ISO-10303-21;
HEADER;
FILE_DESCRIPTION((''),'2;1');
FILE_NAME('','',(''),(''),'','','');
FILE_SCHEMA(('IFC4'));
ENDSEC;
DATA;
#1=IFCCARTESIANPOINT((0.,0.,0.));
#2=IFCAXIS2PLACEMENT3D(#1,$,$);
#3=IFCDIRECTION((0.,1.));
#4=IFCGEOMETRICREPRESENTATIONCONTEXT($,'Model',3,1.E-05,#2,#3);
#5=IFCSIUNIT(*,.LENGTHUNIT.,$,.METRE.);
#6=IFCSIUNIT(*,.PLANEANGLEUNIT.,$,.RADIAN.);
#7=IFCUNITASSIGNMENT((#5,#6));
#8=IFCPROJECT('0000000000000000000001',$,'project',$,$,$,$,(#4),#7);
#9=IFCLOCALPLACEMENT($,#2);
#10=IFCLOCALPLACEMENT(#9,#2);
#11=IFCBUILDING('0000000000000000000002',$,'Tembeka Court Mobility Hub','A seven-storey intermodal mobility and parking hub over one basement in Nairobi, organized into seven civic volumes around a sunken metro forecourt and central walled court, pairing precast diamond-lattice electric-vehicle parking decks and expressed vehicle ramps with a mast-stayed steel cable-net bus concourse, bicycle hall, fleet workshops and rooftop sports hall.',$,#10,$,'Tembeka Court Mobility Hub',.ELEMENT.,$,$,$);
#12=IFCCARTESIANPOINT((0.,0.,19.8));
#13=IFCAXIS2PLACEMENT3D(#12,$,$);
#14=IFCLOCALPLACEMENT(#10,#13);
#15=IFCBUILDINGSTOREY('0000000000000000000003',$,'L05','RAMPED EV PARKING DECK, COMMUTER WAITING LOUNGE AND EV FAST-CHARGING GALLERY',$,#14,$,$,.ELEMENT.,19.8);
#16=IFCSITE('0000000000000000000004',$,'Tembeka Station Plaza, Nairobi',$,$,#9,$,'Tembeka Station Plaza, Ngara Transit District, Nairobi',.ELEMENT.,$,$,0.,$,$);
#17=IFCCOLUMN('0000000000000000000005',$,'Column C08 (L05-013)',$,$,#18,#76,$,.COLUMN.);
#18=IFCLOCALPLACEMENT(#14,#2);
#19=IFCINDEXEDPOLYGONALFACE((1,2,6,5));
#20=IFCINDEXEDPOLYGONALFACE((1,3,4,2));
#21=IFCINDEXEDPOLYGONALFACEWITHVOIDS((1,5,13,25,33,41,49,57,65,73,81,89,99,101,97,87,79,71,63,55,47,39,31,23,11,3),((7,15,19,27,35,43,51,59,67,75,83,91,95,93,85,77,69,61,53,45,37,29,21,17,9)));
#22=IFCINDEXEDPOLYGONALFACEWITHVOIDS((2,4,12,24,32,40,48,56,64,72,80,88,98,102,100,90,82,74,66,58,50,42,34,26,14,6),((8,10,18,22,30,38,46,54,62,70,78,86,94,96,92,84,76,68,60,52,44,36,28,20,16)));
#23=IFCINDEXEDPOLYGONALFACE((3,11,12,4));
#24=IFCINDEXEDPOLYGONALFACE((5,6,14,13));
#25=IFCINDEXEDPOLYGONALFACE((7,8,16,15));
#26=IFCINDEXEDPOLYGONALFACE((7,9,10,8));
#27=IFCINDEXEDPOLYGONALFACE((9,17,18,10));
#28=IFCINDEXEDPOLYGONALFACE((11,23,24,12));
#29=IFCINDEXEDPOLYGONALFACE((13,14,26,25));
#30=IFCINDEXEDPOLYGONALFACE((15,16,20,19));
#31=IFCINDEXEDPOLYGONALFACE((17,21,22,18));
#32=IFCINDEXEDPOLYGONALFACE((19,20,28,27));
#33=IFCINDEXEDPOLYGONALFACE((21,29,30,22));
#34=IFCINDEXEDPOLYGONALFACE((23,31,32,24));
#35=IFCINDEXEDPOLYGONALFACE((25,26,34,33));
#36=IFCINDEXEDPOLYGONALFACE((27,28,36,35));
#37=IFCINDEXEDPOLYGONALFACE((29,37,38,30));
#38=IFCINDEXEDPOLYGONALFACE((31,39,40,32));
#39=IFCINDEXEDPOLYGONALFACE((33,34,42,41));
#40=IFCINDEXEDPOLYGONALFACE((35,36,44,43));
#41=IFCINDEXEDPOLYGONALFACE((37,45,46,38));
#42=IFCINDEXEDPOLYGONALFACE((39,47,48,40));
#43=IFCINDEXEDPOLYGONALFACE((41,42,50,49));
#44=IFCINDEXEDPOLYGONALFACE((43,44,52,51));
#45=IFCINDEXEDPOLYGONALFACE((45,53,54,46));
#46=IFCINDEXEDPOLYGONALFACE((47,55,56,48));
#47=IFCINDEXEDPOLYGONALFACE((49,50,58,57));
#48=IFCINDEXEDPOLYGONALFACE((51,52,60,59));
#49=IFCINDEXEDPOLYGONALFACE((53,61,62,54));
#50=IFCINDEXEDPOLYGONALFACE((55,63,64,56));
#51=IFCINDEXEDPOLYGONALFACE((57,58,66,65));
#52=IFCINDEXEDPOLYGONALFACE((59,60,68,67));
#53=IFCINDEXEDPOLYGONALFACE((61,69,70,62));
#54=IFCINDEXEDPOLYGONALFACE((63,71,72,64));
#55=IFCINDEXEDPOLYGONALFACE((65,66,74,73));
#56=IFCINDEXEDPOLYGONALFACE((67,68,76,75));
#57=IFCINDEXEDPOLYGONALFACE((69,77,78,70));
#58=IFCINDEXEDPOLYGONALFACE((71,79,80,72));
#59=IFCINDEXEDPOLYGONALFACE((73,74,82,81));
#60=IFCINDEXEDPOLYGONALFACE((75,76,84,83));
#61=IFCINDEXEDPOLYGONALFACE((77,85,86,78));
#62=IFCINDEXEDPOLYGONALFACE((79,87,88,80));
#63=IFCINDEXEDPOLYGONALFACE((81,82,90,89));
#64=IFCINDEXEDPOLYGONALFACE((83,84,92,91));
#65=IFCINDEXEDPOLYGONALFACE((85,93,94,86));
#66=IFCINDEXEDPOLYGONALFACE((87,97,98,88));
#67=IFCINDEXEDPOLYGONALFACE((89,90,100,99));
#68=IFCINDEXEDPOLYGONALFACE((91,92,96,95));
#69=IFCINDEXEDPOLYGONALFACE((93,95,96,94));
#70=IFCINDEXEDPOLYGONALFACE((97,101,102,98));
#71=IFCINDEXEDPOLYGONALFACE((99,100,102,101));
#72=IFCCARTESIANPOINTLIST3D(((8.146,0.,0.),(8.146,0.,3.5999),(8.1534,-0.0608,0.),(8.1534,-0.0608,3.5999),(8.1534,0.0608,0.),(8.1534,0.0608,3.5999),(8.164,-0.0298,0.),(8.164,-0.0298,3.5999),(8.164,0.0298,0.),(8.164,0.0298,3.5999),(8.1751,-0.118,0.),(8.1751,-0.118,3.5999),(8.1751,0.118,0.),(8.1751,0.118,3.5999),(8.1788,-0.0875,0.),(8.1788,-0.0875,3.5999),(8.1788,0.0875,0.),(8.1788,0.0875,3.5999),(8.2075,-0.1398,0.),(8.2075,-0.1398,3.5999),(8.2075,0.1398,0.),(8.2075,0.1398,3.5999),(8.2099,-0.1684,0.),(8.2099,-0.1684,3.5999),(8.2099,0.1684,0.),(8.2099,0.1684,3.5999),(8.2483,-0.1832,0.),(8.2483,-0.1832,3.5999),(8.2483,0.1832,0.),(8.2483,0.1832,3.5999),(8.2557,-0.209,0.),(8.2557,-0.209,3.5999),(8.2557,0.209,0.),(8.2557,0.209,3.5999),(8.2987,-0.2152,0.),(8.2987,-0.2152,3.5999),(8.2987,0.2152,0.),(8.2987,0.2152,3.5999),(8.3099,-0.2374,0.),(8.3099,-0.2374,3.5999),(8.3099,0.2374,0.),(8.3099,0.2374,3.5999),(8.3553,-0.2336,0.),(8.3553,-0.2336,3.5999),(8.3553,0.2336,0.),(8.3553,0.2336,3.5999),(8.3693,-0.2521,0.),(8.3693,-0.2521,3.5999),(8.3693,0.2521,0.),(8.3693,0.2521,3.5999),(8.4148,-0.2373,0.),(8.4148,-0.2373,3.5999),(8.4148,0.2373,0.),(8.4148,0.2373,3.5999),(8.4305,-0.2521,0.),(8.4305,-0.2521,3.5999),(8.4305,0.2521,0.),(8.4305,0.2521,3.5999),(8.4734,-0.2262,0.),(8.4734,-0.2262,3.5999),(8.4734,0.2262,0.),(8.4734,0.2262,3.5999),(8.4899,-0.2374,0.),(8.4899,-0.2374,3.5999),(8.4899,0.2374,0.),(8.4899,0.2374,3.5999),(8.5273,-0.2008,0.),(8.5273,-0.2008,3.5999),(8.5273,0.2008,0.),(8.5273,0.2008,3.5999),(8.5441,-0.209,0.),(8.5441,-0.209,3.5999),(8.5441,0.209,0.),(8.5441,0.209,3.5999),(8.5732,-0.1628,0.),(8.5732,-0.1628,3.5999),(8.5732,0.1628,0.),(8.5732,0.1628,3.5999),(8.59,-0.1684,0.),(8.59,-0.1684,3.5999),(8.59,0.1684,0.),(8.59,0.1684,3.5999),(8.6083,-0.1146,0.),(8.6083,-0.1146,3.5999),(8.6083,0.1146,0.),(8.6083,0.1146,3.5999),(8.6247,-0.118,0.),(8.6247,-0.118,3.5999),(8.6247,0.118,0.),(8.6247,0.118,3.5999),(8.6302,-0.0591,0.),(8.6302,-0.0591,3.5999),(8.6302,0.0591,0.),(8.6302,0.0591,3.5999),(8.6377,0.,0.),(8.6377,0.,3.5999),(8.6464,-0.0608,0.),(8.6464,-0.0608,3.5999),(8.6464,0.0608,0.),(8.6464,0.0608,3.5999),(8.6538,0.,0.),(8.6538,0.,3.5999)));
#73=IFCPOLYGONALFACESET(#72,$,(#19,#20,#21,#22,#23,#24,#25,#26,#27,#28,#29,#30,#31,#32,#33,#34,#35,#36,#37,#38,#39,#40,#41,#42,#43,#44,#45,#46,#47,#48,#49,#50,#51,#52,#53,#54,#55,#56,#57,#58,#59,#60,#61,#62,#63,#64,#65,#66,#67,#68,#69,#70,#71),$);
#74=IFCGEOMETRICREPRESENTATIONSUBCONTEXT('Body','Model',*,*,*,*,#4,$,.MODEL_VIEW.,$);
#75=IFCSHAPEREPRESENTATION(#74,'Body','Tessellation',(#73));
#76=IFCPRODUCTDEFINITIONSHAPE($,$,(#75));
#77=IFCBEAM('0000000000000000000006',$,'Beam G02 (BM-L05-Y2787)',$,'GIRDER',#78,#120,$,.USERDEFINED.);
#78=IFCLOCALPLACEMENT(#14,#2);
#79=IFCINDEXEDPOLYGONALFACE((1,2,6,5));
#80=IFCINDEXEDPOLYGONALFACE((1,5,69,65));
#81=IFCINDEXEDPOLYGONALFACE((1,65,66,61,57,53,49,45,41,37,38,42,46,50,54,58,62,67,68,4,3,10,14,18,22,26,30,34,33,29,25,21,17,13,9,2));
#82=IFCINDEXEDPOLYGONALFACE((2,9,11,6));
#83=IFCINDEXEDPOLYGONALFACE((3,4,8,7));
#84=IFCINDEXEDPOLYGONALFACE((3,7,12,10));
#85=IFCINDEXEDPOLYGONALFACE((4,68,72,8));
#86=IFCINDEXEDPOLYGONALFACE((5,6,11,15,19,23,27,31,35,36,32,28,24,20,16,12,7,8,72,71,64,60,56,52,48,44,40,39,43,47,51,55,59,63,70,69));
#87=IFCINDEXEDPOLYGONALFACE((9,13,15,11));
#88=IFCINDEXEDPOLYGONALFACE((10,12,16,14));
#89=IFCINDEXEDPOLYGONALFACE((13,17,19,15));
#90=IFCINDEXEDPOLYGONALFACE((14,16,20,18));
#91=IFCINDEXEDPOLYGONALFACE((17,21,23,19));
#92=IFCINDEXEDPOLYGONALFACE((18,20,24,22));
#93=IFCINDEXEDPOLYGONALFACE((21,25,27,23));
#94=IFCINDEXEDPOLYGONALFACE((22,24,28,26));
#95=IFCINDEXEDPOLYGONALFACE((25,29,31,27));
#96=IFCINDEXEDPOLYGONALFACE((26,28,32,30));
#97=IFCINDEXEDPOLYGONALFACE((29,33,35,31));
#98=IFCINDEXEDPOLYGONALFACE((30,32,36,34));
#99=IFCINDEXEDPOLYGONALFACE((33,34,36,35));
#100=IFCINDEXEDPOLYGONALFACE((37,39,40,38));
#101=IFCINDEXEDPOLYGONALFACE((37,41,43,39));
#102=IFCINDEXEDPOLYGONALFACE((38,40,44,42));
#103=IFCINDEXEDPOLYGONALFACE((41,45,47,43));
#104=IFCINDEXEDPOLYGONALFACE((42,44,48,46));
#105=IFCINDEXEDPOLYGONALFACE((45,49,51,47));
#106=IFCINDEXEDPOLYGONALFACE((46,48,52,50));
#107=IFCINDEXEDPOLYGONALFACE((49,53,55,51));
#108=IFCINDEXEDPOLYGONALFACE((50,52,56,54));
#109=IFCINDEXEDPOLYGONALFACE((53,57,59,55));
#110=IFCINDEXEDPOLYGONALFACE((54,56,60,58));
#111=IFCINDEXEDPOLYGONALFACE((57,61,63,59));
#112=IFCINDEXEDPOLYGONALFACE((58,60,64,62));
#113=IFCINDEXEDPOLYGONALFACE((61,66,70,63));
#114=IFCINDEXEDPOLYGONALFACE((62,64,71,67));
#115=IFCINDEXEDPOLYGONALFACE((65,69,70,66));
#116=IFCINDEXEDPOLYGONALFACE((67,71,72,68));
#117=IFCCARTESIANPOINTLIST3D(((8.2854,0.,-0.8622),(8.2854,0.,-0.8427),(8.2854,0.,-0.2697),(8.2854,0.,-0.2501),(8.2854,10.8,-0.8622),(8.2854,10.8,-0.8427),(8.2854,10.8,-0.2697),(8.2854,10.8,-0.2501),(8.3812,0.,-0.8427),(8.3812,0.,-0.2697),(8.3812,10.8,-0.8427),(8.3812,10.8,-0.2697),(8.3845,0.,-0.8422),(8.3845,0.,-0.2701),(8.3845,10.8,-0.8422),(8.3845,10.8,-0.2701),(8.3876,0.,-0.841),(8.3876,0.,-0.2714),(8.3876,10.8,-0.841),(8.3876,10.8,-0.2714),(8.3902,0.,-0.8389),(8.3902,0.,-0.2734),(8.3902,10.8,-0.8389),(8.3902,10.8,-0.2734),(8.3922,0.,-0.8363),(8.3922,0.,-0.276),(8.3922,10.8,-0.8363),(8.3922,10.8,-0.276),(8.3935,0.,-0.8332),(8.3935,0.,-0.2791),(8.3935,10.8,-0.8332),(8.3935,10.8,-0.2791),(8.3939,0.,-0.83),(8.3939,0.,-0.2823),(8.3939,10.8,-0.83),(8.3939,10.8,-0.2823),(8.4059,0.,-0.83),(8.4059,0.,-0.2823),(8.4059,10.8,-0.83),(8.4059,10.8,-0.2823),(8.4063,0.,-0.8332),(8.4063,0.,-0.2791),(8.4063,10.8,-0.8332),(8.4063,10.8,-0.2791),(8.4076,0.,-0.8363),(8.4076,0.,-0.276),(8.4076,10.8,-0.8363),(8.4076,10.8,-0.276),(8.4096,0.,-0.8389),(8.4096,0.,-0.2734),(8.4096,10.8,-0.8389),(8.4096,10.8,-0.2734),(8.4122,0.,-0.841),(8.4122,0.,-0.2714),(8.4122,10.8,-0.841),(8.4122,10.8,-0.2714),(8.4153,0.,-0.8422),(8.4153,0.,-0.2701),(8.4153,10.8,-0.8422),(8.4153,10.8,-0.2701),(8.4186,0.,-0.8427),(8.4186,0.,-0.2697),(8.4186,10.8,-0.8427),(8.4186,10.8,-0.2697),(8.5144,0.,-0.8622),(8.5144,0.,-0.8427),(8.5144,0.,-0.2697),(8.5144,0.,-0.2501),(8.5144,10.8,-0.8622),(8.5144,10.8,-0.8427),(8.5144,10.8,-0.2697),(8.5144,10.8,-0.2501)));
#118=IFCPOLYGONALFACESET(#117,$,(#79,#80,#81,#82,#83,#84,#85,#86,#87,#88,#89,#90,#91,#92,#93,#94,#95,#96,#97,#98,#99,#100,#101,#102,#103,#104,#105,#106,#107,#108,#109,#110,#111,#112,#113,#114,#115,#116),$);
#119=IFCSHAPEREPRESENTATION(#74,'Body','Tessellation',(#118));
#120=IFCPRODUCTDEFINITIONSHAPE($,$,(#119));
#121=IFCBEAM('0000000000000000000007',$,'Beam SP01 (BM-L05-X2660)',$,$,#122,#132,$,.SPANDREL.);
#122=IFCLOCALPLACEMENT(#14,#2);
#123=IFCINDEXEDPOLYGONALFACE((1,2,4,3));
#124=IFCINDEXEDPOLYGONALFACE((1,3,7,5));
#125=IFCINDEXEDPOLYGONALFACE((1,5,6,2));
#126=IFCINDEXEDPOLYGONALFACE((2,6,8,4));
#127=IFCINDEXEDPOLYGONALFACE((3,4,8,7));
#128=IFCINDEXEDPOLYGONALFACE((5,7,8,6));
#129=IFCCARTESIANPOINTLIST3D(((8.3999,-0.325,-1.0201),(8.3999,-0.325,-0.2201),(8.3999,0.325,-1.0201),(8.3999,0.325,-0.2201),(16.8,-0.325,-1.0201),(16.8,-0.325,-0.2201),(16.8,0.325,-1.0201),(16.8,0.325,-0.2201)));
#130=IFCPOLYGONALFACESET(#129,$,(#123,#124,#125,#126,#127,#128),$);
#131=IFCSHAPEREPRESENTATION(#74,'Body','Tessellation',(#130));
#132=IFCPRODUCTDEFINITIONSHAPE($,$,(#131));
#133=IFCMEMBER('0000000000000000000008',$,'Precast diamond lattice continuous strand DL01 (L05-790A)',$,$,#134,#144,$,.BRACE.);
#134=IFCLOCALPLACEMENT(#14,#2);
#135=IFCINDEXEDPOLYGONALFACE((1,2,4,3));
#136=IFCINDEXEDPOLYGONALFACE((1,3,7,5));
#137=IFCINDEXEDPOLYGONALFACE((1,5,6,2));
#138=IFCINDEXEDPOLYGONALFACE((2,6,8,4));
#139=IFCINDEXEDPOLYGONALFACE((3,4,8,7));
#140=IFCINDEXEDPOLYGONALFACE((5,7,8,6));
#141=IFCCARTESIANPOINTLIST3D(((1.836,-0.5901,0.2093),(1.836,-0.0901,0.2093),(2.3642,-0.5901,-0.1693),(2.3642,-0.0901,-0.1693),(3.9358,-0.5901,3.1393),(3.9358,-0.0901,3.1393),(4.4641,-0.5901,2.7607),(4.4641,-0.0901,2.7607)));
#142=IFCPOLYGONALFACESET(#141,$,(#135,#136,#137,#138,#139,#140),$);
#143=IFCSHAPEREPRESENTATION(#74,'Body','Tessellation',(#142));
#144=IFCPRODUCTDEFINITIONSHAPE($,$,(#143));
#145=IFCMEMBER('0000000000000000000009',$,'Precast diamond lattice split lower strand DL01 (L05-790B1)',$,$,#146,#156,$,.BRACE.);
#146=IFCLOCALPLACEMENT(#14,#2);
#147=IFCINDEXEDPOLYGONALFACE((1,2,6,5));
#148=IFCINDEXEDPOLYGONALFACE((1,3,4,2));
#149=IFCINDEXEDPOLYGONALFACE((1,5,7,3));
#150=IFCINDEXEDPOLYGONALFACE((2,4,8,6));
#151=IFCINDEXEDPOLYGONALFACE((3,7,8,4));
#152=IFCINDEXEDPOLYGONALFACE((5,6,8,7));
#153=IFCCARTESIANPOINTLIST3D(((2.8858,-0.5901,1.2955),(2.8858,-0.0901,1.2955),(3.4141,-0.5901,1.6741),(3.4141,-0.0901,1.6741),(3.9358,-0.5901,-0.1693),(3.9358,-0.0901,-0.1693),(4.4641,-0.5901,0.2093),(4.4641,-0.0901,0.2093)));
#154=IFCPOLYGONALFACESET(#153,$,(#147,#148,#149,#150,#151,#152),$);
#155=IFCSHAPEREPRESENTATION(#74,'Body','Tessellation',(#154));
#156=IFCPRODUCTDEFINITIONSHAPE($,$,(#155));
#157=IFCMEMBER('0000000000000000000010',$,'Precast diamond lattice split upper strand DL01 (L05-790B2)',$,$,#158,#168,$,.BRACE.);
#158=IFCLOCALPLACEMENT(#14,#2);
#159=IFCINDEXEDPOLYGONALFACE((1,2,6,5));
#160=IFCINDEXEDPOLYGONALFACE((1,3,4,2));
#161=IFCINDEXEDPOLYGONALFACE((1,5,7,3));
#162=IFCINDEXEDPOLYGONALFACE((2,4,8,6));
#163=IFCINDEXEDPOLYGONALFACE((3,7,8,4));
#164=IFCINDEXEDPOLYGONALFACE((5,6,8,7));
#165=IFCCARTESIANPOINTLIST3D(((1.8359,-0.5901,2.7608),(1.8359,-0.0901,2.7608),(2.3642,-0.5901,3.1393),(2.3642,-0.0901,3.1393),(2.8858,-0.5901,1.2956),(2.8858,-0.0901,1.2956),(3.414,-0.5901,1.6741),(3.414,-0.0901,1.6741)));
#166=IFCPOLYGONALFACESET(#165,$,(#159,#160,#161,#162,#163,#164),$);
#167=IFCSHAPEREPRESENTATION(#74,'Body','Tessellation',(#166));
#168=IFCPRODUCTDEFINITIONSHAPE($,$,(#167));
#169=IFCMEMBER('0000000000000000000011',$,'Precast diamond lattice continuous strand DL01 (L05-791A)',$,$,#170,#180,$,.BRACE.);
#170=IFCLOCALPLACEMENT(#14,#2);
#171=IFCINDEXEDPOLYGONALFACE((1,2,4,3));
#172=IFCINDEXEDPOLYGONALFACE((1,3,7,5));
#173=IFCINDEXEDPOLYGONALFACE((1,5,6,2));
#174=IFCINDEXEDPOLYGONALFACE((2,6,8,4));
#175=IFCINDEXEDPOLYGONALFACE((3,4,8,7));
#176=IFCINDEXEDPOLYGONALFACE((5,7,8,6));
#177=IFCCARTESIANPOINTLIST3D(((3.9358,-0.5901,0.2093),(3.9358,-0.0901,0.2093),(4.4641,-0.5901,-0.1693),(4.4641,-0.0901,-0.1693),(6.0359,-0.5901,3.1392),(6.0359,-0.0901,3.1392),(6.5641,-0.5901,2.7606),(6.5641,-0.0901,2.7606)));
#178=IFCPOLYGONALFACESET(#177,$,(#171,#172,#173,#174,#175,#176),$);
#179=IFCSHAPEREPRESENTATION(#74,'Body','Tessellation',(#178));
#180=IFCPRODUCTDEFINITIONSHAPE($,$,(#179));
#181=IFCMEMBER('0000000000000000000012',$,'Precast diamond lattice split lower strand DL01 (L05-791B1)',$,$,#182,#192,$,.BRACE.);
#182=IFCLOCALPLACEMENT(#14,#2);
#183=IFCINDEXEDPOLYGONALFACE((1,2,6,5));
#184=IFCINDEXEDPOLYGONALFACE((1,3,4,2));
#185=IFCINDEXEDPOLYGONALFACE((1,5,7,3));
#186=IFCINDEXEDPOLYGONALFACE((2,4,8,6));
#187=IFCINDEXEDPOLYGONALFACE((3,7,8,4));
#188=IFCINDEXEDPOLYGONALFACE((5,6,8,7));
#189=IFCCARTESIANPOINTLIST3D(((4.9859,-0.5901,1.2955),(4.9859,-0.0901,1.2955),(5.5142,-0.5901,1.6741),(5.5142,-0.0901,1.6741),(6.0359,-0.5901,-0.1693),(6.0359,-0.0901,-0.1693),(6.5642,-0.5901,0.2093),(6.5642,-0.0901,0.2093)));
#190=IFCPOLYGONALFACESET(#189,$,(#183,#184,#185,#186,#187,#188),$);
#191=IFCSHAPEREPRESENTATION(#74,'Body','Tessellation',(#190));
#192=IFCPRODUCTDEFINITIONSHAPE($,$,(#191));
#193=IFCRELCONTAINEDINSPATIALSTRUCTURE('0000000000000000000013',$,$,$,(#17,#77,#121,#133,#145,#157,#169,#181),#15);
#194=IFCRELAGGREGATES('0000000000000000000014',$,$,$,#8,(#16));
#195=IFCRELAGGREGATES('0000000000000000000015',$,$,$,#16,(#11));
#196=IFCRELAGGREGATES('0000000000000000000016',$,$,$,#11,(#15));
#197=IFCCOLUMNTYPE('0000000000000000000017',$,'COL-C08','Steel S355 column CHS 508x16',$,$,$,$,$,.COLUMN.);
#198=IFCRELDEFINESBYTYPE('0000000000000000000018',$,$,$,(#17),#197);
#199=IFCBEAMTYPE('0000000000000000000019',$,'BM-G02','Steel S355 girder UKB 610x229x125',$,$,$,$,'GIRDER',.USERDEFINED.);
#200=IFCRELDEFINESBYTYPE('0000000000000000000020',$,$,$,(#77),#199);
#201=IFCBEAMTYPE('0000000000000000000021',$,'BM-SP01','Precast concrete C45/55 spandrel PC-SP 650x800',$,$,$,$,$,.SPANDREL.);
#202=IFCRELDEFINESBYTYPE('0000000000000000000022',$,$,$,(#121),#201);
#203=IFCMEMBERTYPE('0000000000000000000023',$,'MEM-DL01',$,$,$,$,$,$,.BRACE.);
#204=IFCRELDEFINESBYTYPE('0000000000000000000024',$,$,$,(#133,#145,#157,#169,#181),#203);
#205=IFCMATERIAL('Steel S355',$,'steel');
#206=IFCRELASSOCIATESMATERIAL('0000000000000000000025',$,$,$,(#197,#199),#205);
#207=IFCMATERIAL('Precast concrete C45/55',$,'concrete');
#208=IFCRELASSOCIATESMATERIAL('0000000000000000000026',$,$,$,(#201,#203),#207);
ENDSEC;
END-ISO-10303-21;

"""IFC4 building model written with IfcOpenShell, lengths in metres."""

from ifc_helpers import new_model, si_unit, direction, frame, origin, origin_2d, place, context, subcontext, project, spatial, rectangle, hollow_circle, i_section, extrude, material, material_profile, profile_set, type_object, element, save


model = new_model("IFC4")

# Units and contexts
model_context = context("Model", 3, precision=1e-05, world=origin(), true_north=direction((0.0, 1.0)))
body_context = subcontext(model_context, "Body", "Model", "MODEL_VIEW")
ifc_project = project(units=[si_unit("LENGTHUNIT", "METRE"), si_unit("PLANEANGLEUNIT", "RADIAN")], contexts=[model_context])

# Site, building, storey
site_placement = place(None, origin())
site = spatial("IfcSite", under=ifc_project, at=site_placement, Name="Tembeka Station Plaza, Nairobi", LongName="Tembeka Station Plaza, Ngara Transit District, Nairobi", CompositionType="ELEMENT", RefElevation=0.0)
building_placement = place(site_placement, origin())
building = spatial("IfcBuilding", under=site, at=building_placement, Name="Tembeka Court Mobility Hub", Description="A seven-storey intermodal mobility and parking hub over one basement in Nairobi, organized into seven civic volumes around a sunken metro forecourt and central walled court, pairing precast diamond-lattice electric-vehicle parking decks and expressed vehicle ramps with a mast-stayed steel cable-net bus concourse, bicycle hall, fleet workshops and rooftop sports hall.", LongName="Tembeka Court Mobility Hub", CompositionType="ELEMENT")
storey_placement = place(building_placement, frame((0.0, 0.0, 19.8)))
storey = spatial("IfcBuildingStorey", under=building, at=storey_placement, Name="L05", Description="RAMPED EV PARKING DECK, COMMUTER WAITING LOUNGE AND EV FAST-CHARGING GALLERY", CompositionType="ELEMENT", Elevation=19.8)

# Column
ifc_material_1 = material(Name="Steel S355", Category="steel")
ifc_material_profile_1 = material_profile(ifc_material_1, hollow_circle(Radius=0.2539, WallThickness=0.0161, at=origin_2d()), Name="CHS 508x16")
ifc_profile_set_1 = profile_set([ifc_material_profile_1], Name="Steel S355")
column_type = type_object("IfcColumnType", Name="COL-C08", Description="Steel S355 column CHS 508x16", PredefinedType="COLUMN", material=ifc_profile_set_1)
column_placement = place(storey_placement, frame((8.3999, 0.0, 0.0), z_axis=(0.0, 0.0, 1.0), x_axis=(1.0, 0.0, 0.0)))
element("IfcColumn", 1, at=column_placement, inside=storey, type_object=column_type, Name="Column C08 (L05-013)", PredefinedType="COLUMN", context=body_context, shape_type="SweptSolid", body=[
    extrude(hollow_circle(Radius=0.2539, WallThickness=0.0161, at=origin_2d()), origin(), (0.0, 0.0, 1.0), 3.5999),
])

# Beams
ifc_material_profile_2 = material_profile(ifc_material_1, i_section(OverallWidth=0.229, OverallDepth=0.6121, WebThickness=0.012, FlangeThickness=0.0195, FilletRadius=0.0127, at=origin_2d()), Name="UKB 610x229x125")
ifc_profile_set_2 = profile_set([ifc_material_profile_2], Name="Steel S355")
beam_type_1 = type_object("IfcBeamType", Name="BM-G02", Description="Steel S355 girder UKB 610x229x125", ElementType="GIRDER", PredefinedType="USERDEFINED", material=ifc_profile_set_2)
beam_1_placement = place(storey_placement, frame((8.3999, 0.0, -0.5562), z_axis=(0.0, 1.0, 0.0), x_axis=(-1.0, 0.0, 0.0)))
element("IfcBeam", 2, at=beam_1_placement, inside=storey, type_object=beam_type_1, Name="Beam G02 (BM-L05-Y2787)", ObjectType="GIRDER", PredefinedType="USERDEFINED", context=body_context, shape_type="SweptSolid", body=[
    extrude(i_section(OverallWidth=0.229, OverallDepth=0.6121, WebThickness=0.012, FlangeThickness=0.0195, FilletRadius=0.0127, at=origin_2d()), origin(), (0.0, 0.0, 1.0), 10.8),
])
ifc_material_2 = material(Name="Precast concrete C45/55", Category="concrete")
ifc_material_profile_3 = material_profile(ifc_material_2, rectangle(XDim=0.6499, YDim=0.8, at=origin_2d()), Name="PC-SP 650x800")
ifc_profile_set_3 = profile_set([ifc_material_profile_3], Name="Precast concrete C45/55")
beam_type_2 = type_object("IfcBeamType", Name="BM-SP01", Description="Precast concrete C45/55 spandrel PC-SP 650x800", PredefinedType="SPANDREL", material=ifc_profile_set_3)
beam_2_placement = place(storey_placement, frame((8.3999, 0.0, -0.6201), z_axis=(1.0, 0.0, 0.0), x_axis=(0.0, 1.0, 0.0)))
element("IfcBeam", 3, at=beam_2_placement, inside=storey, type_object=beam_type_2, Name="Beam SP01 (BM-L05-X2660)", PredefinedType="SPANDREL", context=body_context, shape_type="SweptSolid", body=[
    extrude(rectangle(XDim=0.6499, YDim=0.8, at=origin_2d()), origin(), (0.0, 0.0, 1.0), 8.4001),
])

# Members
ifc_material_profile_4 = material_profile(ifc_material_2, rectangle(XDim=0.5, YDim=0.6499, at=origin_2d()), Name="PC-DIAG 500x650")
ifc_profile_set_4 = profile_set([ifc_material_profile_4], Name="Precast concrete C45/55")
member_type_1 = type_object("IfcMemberType", Name="MEM-DL01", PredefinedType="BRACE", material=ifc_profile_set_4)
member_1_placement = place(storey_placement, frame((2.1001, -0.3401, 0.02), z_axis=(0.582532, 0.0, 0.812808), x_axis=(0.0, 1.0, 0.0)))
element("IfcMember", 4, at=member_1_placement, inside=storey, type_object=member_type_1, Name="Precast diamond lattice continuous strand DL01 (L05-790A)", PredefinedType="BRACE", context=body_context, shape_type="SweptSolid", body=[
    extrude(rectangle(XDim=0.5, YDim=0.6499, at=origin_2d()), origin(), (0.0, 0.0, 1.0), 3.6047),
])
member_2_placement = place(storey_placement, frame((4.2, -0.3401, 0.02), z_axis=(-0.582608, 0.0, 0.812753), x_axis=(0.0, -1.0, 0.0)))
element("IfcMember", 5, at=member_2_placement, inside=storey, type_object=member_type_1, Name="Precast diamond lattice split lower strand DL01 (L05-790B1)", PredefinedType="BRACE", context=body_context, shape_type="SweptSolid", body=[
    extrude(rectangle(XDim=0.5, YDim=0.6499, at=origin_2d()), origin(), (0.0, 0.0, 1.0), 1.8022),
])
member_3_placement = place(storey_placement, frame((3.1499, -0.3401, 1.4849), z_axis=(-0.582455, 0.0, 0.812863), x_axis=(0.0, -1.0, 0.0)))
element("IfcMember", 6, at=member_3_placement, inside=storey, type_object=member_type_1, Name="Precast diamond lattice split upper strand DL01 (L05-790B2)", PredefinedType="BRACE", context=body_context, shape_type="SweptSolid", body=[
    extrude(rectangle(XDim=0.5, YDim=0.6499, at=origin_2d()), origin(), (0.0, 0.0, 1.0), 1.8025),
])
member_4_placement = place(storey_placement, frame((4.2, -0.3401, 0.02), z_axis=(0.582576, 0.0, 0.812776), x_axis=(0.0, 1.0, 0.0)))
element("IfcMember", 7, at=member_4_placement, inside=storey, type_object=member_type_1, Name="Precast diamond lattice continuous strand DL01 (L05-791A)", PredefinedType="BRACE", context=body_context, shape_type="SweptSolid", body=[
    extrude(rectangle(XDim=0.5, YDim=0.6499, at=origin_2d()), origin(), (0.0, 0.0, 1.0), 3.6047),
])
member_5_placement = place(storey_placement, frame((6.3, -0.3401, 0.02), z_axis=(-0.582608, 0.0, 0.812753), x_axis=(0.0, -1.0, 0.0)))
element("IfcMember", 8, at=member_5_placement, inside=storey, type_object=member_type_1, Name="Precast diamond lattice split lower strand DL01 (L05-791B1)", PredefinedType="BRACE", context=body_context, shape_type="SweptSolid", body=[
    extrude(rectangle(XDim=0.5, YDim=0.6499, at=origin_2d()), origin(), (0.0, 0.0, 1.0), 1.8022),
])

save(model, "model.ifc")
